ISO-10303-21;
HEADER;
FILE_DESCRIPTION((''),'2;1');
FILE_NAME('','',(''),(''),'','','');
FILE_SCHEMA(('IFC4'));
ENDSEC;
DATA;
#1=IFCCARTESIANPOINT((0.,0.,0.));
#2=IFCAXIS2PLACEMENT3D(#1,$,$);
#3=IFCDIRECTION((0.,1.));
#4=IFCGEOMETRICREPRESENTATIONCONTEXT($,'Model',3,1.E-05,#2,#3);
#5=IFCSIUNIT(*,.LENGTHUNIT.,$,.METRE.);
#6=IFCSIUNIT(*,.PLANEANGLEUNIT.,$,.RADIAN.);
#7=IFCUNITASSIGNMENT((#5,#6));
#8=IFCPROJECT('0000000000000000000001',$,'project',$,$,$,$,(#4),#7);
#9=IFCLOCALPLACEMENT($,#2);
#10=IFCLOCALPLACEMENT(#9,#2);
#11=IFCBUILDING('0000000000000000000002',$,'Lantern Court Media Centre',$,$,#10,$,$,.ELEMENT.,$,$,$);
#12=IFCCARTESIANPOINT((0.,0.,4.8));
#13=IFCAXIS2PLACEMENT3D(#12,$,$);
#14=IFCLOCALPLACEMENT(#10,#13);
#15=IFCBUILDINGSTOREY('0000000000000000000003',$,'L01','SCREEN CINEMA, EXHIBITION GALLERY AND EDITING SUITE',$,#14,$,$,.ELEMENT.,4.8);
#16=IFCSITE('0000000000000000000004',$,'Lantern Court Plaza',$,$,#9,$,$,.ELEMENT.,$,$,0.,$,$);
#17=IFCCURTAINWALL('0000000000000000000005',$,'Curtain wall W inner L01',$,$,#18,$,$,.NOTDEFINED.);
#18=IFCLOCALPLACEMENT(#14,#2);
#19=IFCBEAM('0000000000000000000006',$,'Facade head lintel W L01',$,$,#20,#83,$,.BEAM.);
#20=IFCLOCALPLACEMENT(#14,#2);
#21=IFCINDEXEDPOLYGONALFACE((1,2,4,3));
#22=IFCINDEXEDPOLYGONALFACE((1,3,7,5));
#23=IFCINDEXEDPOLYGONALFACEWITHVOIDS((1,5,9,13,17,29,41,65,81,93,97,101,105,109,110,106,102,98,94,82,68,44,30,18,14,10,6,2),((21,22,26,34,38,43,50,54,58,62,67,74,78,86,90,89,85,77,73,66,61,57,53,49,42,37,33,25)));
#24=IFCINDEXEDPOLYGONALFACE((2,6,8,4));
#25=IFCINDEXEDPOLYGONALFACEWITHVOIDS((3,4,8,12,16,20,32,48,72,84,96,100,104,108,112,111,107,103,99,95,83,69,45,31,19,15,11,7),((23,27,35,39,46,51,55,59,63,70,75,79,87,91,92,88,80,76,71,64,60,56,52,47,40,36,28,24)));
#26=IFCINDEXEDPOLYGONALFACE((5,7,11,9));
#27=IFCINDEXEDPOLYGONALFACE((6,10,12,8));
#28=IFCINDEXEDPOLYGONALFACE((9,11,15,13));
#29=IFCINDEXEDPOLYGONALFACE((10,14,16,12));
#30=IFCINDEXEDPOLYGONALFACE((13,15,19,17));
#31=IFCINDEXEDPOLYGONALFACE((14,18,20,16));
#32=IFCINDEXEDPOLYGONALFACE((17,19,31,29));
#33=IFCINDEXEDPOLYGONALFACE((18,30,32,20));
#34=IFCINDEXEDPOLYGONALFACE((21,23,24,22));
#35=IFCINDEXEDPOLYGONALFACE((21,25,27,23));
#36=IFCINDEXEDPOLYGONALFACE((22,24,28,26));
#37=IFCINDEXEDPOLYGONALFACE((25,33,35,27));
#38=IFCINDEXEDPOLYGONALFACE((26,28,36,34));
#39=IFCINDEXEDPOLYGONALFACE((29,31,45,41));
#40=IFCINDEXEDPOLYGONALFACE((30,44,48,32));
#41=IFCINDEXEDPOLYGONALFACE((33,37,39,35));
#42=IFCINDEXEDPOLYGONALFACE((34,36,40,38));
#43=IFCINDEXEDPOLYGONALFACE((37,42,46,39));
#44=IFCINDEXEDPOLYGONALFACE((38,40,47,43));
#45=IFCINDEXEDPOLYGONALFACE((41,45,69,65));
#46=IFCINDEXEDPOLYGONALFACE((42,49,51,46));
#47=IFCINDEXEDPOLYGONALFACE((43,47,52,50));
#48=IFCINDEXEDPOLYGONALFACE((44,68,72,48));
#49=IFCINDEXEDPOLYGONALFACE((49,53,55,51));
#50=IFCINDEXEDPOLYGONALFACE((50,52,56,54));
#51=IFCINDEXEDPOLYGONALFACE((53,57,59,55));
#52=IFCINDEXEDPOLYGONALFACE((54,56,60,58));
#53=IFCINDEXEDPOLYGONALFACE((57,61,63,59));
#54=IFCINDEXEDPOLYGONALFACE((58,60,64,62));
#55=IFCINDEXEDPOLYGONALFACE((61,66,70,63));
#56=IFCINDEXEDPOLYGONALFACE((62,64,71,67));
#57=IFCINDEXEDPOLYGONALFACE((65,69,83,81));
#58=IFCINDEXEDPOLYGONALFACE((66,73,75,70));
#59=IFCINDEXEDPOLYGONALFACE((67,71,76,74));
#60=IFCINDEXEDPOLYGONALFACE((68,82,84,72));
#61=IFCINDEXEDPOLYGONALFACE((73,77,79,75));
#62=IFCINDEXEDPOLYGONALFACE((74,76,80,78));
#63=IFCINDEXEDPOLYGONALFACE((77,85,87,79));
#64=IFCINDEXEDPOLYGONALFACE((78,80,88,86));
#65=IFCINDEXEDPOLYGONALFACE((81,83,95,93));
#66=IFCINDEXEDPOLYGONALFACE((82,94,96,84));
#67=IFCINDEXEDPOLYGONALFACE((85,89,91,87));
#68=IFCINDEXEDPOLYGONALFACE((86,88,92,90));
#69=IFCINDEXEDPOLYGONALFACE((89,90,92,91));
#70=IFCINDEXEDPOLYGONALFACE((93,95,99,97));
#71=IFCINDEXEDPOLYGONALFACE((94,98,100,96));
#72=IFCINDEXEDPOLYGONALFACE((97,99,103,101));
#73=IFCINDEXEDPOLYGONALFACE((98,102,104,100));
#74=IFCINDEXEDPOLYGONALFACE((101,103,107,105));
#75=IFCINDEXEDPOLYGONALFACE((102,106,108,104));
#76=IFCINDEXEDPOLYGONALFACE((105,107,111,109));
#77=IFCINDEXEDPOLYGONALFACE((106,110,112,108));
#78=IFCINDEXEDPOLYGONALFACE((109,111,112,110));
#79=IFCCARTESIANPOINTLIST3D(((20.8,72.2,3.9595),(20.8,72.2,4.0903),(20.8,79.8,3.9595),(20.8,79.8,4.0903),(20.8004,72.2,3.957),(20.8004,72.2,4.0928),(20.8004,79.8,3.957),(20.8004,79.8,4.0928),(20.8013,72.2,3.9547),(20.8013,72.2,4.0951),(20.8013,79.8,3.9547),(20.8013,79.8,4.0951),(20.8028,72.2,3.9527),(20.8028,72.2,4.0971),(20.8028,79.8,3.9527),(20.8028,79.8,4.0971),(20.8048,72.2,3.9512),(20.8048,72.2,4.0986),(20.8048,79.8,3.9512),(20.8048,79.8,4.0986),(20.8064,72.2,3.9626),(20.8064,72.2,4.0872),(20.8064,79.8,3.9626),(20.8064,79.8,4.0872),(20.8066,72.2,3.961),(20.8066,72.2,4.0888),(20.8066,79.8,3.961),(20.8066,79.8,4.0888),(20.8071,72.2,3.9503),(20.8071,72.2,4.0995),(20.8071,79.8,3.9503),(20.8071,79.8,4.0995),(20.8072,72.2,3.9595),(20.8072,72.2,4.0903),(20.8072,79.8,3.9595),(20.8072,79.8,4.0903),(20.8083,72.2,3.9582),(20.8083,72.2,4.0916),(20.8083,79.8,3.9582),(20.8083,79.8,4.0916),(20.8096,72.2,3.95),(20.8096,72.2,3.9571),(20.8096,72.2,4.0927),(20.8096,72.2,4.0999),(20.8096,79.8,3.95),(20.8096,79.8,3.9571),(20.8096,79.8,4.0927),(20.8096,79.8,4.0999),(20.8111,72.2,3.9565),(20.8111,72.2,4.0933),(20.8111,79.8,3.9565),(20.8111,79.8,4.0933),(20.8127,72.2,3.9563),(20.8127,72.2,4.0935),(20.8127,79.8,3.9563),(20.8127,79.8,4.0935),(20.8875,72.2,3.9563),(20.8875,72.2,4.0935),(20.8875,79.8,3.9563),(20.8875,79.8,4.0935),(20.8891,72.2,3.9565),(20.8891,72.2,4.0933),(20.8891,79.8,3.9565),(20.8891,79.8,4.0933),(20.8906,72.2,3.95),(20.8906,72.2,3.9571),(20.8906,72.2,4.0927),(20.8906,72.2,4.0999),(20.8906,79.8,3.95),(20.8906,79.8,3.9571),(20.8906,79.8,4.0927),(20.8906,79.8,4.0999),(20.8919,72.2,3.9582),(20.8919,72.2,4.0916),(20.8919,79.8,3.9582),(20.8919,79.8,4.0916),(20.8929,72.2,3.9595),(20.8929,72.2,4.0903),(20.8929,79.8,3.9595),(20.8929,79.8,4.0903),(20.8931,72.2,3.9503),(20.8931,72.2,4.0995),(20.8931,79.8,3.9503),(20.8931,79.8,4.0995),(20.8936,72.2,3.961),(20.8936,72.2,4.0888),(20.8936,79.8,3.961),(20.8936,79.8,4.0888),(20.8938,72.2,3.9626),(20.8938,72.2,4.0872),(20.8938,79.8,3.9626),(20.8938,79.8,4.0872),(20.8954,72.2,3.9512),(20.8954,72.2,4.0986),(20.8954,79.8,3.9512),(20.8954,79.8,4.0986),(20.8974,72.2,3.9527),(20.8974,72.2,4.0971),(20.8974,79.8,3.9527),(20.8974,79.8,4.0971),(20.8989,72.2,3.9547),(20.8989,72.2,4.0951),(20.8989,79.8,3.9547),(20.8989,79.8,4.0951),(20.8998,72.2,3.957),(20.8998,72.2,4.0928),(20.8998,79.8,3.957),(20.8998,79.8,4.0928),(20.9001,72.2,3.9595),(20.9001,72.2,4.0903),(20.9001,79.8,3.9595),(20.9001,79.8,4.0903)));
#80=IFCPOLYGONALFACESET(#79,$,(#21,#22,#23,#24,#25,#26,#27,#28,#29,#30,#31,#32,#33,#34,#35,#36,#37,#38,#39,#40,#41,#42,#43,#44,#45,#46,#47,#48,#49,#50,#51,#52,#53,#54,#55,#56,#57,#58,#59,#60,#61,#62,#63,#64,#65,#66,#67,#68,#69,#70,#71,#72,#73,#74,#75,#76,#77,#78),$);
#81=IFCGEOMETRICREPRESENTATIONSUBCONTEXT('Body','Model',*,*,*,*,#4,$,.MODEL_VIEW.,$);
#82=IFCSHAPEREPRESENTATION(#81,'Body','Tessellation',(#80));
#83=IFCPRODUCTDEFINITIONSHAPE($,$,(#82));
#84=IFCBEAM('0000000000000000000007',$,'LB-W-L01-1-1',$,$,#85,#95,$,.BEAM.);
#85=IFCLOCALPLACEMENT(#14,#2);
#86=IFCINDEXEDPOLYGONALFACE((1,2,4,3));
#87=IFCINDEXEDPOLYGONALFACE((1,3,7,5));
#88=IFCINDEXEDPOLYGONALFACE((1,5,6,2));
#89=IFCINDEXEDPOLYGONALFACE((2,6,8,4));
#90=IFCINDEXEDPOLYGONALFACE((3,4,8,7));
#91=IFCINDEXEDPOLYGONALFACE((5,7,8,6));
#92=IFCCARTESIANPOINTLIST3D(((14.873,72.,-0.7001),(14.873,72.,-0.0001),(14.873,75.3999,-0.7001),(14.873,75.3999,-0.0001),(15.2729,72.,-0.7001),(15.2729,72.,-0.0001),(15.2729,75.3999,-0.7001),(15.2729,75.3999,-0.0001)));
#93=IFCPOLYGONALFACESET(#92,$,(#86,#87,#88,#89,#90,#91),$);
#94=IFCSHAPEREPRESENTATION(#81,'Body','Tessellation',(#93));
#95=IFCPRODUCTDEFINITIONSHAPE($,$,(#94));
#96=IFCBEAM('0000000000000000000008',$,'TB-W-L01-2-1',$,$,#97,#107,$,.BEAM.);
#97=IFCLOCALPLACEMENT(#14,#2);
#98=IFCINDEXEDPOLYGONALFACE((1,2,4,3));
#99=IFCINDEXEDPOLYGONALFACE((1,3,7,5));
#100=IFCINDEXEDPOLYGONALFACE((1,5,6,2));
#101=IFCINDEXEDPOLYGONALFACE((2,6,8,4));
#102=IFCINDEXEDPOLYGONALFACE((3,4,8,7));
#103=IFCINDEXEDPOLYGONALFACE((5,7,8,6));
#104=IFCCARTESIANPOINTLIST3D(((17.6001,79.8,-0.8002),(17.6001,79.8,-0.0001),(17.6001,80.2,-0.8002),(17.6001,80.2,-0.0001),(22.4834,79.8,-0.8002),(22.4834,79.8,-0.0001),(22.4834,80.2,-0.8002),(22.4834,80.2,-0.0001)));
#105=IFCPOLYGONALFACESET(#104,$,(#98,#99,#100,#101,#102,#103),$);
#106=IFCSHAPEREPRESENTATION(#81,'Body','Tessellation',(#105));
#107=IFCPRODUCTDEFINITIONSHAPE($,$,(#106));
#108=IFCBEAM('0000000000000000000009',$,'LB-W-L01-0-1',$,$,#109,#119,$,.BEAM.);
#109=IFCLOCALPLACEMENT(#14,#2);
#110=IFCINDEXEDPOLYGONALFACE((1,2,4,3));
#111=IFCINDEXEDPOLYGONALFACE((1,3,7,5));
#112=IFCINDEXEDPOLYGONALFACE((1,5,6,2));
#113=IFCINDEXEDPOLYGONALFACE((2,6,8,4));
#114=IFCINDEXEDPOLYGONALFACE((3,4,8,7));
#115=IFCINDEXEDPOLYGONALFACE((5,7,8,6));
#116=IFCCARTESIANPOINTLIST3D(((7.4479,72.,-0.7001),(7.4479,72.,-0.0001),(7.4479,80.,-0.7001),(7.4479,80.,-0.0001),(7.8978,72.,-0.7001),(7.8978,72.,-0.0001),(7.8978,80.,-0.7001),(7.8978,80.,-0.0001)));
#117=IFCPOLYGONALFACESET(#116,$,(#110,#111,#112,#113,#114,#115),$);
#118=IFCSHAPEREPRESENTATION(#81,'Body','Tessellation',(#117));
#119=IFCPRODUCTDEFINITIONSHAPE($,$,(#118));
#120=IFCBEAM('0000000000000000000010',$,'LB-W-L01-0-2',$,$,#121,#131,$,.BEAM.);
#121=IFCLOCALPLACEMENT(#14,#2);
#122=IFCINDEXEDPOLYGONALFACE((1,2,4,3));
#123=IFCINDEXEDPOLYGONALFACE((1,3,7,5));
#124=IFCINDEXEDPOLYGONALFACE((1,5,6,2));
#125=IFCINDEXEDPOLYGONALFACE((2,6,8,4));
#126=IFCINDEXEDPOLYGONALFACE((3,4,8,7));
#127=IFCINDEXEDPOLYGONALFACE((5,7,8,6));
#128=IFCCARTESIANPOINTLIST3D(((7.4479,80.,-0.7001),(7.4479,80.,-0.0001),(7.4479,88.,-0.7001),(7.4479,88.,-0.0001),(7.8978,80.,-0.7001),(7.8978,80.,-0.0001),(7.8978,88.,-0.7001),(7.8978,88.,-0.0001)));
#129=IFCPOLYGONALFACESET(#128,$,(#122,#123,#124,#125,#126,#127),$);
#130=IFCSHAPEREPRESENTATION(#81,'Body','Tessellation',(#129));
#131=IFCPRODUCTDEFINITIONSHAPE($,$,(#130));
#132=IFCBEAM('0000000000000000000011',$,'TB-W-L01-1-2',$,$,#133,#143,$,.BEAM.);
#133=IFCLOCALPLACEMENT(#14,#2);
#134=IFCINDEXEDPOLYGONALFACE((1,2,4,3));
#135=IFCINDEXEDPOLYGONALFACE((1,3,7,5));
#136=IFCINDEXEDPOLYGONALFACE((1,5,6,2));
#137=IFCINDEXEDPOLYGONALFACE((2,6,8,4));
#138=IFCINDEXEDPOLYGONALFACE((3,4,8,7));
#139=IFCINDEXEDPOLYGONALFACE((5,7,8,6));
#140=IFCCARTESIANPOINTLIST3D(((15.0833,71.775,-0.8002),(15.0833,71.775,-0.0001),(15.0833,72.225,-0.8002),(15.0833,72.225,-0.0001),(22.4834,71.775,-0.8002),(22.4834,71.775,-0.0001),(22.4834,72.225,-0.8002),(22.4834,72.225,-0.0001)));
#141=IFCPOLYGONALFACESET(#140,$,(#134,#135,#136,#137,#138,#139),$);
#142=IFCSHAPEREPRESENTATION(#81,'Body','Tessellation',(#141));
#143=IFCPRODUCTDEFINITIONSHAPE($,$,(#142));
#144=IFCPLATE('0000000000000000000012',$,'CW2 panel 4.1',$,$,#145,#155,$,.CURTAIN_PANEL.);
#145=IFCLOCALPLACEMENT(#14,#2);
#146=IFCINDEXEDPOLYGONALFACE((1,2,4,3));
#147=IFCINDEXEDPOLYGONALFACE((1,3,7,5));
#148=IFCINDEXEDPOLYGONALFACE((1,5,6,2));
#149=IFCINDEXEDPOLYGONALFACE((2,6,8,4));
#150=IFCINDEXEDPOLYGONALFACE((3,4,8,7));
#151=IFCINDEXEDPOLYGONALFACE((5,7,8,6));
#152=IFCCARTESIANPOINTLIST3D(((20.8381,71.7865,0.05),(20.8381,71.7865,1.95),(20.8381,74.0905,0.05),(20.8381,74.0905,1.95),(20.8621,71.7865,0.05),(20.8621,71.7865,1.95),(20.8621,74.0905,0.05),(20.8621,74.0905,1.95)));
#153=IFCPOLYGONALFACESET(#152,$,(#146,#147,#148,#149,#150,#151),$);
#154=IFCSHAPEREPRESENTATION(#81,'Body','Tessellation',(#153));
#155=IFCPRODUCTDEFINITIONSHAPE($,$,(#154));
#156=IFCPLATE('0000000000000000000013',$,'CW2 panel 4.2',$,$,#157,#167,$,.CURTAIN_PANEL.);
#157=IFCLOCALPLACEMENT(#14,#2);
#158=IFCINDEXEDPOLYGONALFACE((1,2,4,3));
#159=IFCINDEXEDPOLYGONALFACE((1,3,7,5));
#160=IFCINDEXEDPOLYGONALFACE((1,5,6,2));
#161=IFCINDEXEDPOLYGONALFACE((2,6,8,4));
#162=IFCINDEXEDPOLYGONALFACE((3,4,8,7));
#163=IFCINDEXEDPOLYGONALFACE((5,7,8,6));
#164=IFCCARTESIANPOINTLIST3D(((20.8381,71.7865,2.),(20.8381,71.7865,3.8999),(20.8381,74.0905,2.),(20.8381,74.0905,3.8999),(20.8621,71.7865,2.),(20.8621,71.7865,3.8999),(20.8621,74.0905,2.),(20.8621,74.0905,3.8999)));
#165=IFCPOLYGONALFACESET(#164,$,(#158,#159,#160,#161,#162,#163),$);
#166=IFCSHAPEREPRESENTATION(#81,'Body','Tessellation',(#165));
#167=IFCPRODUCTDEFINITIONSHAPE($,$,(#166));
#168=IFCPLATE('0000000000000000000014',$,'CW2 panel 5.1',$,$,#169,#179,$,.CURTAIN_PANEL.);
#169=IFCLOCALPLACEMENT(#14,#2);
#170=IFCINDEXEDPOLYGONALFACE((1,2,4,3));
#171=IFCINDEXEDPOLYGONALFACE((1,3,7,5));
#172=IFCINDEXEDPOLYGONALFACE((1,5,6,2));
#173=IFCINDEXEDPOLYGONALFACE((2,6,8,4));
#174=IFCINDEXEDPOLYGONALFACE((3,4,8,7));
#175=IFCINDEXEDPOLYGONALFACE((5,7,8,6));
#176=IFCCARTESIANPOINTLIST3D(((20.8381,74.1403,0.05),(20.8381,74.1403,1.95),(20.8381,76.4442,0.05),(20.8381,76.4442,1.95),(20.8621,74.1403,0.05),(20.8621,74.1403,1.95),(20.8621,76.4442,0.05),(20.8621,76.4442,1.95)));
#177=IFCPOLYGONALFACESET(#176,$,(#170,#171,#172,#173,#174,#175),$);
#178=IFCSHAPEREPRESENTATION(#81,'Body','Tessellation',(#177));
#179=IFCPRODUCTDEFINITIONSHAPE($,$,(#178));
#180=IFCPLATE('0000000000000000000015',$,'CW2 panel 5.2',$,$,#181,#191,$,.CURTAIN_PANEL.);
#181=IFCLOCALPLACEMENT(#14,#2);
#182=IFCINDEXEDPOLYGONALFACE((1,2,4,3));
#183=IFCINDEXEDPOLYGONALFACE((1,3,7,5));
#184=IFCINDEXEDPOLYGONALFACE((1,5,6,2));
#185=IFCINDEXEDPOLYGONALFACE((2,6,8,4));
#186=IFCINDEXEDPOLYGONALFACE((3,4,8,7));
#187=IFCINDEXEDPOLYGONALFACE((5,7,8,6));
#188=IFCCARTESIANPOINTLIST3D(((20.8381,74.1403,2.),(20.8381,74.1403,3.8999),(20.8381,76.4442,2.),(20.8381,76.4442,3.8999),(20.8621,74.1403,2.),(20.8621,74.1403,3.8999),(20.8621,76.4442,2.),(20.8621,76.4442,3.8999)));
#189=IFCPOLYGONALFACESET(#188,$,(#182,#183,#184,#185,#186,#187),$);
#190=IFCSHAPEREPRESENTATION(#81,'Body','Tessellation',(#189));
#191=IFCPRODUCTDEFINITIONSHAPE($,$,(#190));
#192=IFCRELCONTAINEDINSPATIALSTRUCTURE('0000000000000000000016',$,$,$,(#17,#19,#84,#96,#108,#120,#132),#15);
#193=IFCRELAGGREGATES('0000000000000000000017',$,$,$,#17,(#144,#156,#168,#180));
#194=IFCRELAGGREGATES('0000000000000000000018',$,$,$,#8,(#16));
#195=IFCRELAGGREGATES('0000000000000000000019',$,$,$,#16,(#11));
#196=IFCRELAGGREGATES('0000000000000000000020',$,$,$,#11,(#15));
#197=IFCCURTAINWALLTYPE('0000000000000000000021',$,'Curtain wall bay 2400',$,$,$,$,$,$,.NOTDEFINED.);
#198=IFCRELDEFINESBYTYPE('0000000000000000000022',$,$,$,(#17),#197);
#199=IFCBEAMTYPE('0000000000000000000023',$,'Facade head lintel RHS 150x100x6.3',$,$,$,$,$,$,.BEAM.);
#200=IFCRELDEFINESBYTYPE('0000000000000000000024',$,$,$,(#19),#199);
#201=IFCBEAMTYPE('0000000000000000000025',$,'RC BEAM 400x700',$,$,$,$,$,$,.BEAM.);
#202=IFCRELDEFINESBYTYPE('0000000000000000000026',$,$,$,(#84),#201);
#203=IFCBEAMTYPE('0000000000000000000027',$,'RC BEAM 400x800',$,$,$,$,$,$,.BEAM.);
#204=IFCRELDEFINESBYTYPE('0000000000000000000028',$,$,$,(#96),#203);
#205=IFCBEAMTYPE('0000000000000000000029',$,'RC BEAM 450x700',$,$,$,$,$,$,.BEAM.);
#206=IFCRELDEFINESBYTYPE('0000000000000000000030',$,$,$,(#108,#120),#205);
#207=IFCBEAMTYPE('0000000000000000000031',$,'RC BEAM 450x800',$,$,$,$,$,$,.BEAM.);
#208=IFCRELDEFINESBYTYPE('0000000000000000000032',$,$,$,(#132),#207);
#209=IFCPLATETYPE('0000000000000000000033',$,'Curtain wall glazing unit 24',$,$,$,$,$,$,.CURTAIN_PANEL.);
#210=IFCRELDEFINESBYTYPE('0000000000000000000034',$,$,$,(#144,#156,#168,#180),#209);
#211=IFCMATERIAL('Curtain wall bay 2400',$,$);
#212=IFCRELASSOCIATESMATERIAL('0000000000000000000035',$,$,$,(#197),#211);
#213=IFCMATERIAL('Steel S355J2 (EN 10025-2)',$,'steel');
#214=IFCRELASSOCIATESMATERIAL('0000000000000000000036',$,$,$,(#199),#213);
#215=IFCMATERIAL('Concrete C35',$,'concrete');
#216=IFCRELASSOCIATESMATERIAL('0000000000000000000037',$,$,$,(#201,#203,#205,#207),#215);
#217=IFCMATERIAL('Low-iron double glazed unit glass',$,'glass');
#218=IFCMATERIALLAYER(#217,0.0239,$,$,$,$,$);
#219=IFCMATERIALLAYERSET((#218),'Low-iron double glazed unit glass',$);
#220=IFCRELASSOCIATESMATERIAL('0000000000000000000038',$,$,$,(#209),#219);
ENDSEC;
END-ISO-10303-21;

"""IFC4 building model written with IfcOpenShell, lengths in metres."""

from ifc_helpers import new_model, si_unit, direction, frame, origin, origin_2d, place, context, subcontext, project, spatial, rectangle, hollow_rectangle, extrude, material, layer, layer_set, material_profile, profile_set, type_object, element, aggregate, save


model = new_model("IFC4")

# Units and contexts
model_context = context("Model", 3, precision=1e-05, world=origin(), true_north=direction((0.0, 1.0)))
body_context = subcontext(model_context, "Body", "Model", "MODEL_VIEW")
ifc_project = project(units=[si_unit("LENGTHUNIT", "METRE"), si_unit("PLANEANGLEUNIT", "RADIAN")], contexts=[model_context])

# Site, building, storey
site_placement = place(None, origin())
site = spatial("IfcSite", under=ifc_project, at=site_placement, Name="Lantern Court Plaza", CompositionType="ELEMENT", RefElevation=0.0)
building_placement = place(site_placement, origin())
building = spatial("IfcBuilding", under=site, at=building_placement, Name="Lantern Court Media Centre", CompositionType="ELEMENT")
storey_placement = place(building_placement, frame((0.0, 0.0, 4.8)))
storey = spatial("IfcBuildingStorey", under=building, at=storey_placement, Name="L01", Description="SCREEN CINEMA, EXHIBITION GALLERY AND EDITING SUITE", CompositionType="ELEMENT", Elevation=4.8)

# Shared definitions
ifc_material_1 = material(Name="Concrete C35", Category="concrete")

# Curtain wall
ifc_material_2 = material(Name="Curtain wall bay 2400")
curtain_wall_type = type_object("IfcCurtainWallType", Name="Curtain wall bay 2400", PredefinedType="NOTDEFINED", material=ifc_material_2)
curtain_wall_placement = place(storey_placement, origin())
curtain_wall = element("IfcCurtainWall", 1, at=curtain_wall_placement, inside=storey, type_object=curtain_wall_type, Name="Curtain wall W inner L01", PredefinedType="NOTDEFINED")

# Beams
ifc_material_3 = material(Name="Steel S355J2 (EN 10025-2)", Category="steel")
ifc_material_profile_1 = material_profile(ifc_material_3, hollow_rectangle(XDim=0.1001, YDim=0.1499, WallThickness=0.0063, InnerFilletRadius=0.0063, OuterFilletRadius=0.0095, at=origin_2d()), Name="Facade head lintel RHS 150x100x6.3")
ifc_profile_set_1 = profile_set([ifc_material_profile_1], Name="Steel S355J2 (EN 10025-2)")
beam_type_1 = type_object("IfcBeamType", Name="Facade head lintel RHS 150x100x6.3", PredefinedType="BEAM", material=ifc_profile_set_1)
beam_1_placement = place(storey_placement, frame((20.8501, 72.2, 4.0249), z_axis=(0.0, 1.0, 0.0), x_axis=(-1.0, 0.0, 0.0)))
element("IfcBeam", 2, at=beam_1_placement, inside=storey, type_object=beam_type_1, Name="Facade head lintel W L01", PredefinedType="BEAM", context=body_context, shape_type="SweptSolid", body=[
    extrude(hollow_rectangle(XDim=0.1001, YDim=0.1499, WallThickness=0.0063, InnerFilletRadius=0.0063, OuterFilletRadius=0.0095, at=origin_2d()), origin(), (0.0, 0.0, 1.0), 7.6001),
])
ifc_material_profile_2 = material_profile(ifc_material_1, rectangle(XDim=0.3999, YDim=0.7, at=origin_2d()), Name="RC 400x700")
ifc_profile_set_2 = profile_set([ifc_material_profile_2], Name="Concrete C35")
beam_type_2 = type_object("IfcBeamType", Name="RC BEAM 400x700", PredefinedType="BEAM", material=ifc_profile_set_2)
beam_2_placement = place(storey_placement, frame((15.073, 72.0, -0.3501), z_axis=(0.0, 1.0, 0.0), x_axis=(-1.0, 0.0, 0.0)))
element("IfcBeam", 3, at=beam_2_placement, inside=storey, type_object=beam_type_2, Name="LB-W-L01-1-1", PredefinedType="BEAM", context=body_context, shape_type="SweptSolid", body=[
    extrude(rectangle(XDim=0.3999, YDim=0.7, at=origin_2d()), origin(), (0.0, 0.0, 1.0), 3.3999),
])
ifc_material_profile_3 = material_profile(ifc_material_1, rectangle(XDim=0.3999, YDim=0.8, at=origin_2d()), Name="RC 400x800")
ifc_profile_set_3 = profile_set([ifc_material_profile_3], Name="Concrete C35")
beam_type_3 = type_object("IfcBeamType", Name="RC BEAM 400x800", PredefinedType="BEAM", material=ifc_profile_set_3)
beam_3_placement = place(storey_placement, frame((17.6001, 80.0, -0.4001), z_axis=(1.0, 0.0, 0.0), x_axis=(0.0, 1.0, 0.0)))
element("IfcBeam", 4, at=beam_3_placement, inside=storey, type_object=beam_type_3, Name="TB-W-L01-2-1", PredefinedType="BEAM", context=body_context, shape_type="SweptSolid", body=[
    extrude(rectangle(XDim=0.3999, YDim=0.8, at=origin_2d()), origin(), (0.0, 0.0, 1.0), 4.8833),
])
ifc_material_profile_4 = material_profile(ifc_material_1, rectangle(XDim=0.45, YDim=0.7, at=origin_2d()), Name="RC 450x700")
ifc_profile_set_4 = profile_set([ifc_material_profile_4], Name="Concrete C35")
beam_type_4 = type_object("IfcBeamType", Name="RC BEAM 450x700", PredefinedType="BEAM", material=ifc_profile_set_4)
for number, where, z_axis, x_axis, name in (
    (5, (7.6729, 72.0, -0.3501), (0.0, 1.0, 0.0), (-1.0, 0.0, 0.0), "LB-W-L01-0-1"),
    (6, (7.6729, 80.0, -0.3501), (0.0, 1.0, 0.0), (-1.0, 0.0, 0.0), "LB-W-L01-0-2"),
):
    element("IfcBeam", number, at=place(storey_placement, frame(where, z_axis=z_axis, x_axis=x_axis)), inside=storey, type_object=beam_type_4, Name=name, PredefinedType="BEAM", context=body_context, shape_type="SweptSolid", body=[
        extrude(rectangle(XDim=0.45, YDim=0.7, at=origin_2d()), origin(), (0.0, 0.0, 1.0), 8.0),
    ])
ifc_material_profile_5 = material_profile(ifc_material_1, rectangle(XDim=0.45, YDim=0.8, at=origin_2d()), Name="RC 450x800")
ifc_profile_set_5 = profile_set([ifc_material_profile_5], Name="Concrete C35")
beam_type_5 = type_object("IfcBeamType", Name="RC BEAM 450x800", PredefinedType="BEAM", material=ifc_profile_set_5)
beam_4_placement = place(storey_placement, frame((15.0833, 72.0, -0.4001), z_axis=(1.0, 0.0, 0.0), x_axis=(0.0, 1.0, 0.0)))
element("IfcBeam", 7, at=beam_4_placement, inside=storey, type_object=beam_type_5, Name="TB-W-L01-1-2", PredefinedType="BEAM", context=body_context, shape_type="SweptSolid", body=[
    extrude(rectangle(XDim=0.45, YDim=0.8, at=origin_2d()), origin(), (0.0, 0.0, 1.0), 7.4001),
])

# Plates
ifc_material_4 = material(Name="Low-iron double glazed unit glass", Category="glass")
ifc_layer_1 = layer(ifc_material_4, 0.0239)
ifc_layer_set_1 = layer_set([ifc_layer_1], Name="Low-iron double glazed unit glass")
plate_type = type_object("IfcPlateType", Name="Curtain wall glazing unit 24", PredefinedType="CURTAIN_PANEL", material=ifc_layer_set_1)
plate_1_placement = place(storey_placement, frame((20.8501, 72.9385, 0.05), z_axis=(0.0, 0.0, 1.0), x_axis=(0.0, 1.0, 0.0)))
plate_1 = element("IfcPlate", 8, at=plate_1_placement, type_object=plate_type, Name="CW2 panel 4.1", PredefinedType="CURTAIN_PANEL", context=body_context, shape_type="SweptSolid", body=[
    extrude(rectangle(XDim=2.304, YDim=0.0239, at=origin_2d()), origin(), (0.0, 0.0, 1.0), 1.8999),
])
plate_2_placement = place(storey_placement, frame((20.8501, 72.9385, 2.0), z_axis=(0.0, 0.0, 1.0), x_axis=(0.0, 1.0, 0.0)))
plate_2 = element("IfcPlate", 9, at=plate_2_placement, type_object=plate_type, Name="CW2 panel 4.2", PredefinedType="CURTAIN_PANEL", context=body_context, shape_type="SweptSolid", body=[
    extrude(rectangle(XDim=2.304, YDim=0.0239, at=origin_2d()), origin(), (0.0, 0.0, 1.0), 1.8999),
])
plate_3_placement = place(storey_placement, frame((20.8501, 75.2922, 0.05), z_axis=(0.0, 0.0, 1.0), x_axis=(0.0, 1.0, 0.0)))
plate_3 = element("IfcPlate", 10, at=plate_3_placement, type_object=plate_type, Name="CW2 panel 5.1", PredefinedType="CURTAIN_PANEL", context=body_context, shape_type="SweptSolid", body=[
    extrude(rectangle(XDim=2.304, YDim=0.0239, at=origin_2d()), origin(), (0.0, 0.0, 1.0), 1.8999),
])
plate_4_placement = place(storey_placement, frame((20.8501, 75.2922, 2.0), z_axis=(0.0, 0.0, 1.0), x_axis=(0.0, 1.0, 0.0)))
plate_4 = element("IfcPlate", 11, at=plate_4_placement, type_object=plate_type, Name="CW2 panel 5.2", PredefinedType="CURTAIN_PANEL", context=body_context, shape_type="SweptSolid", body=[
    extrude(rectangle(XDim=2.304, YDim=0.0239, at=origin_2d()), origin(), (0.0, 0.0, 1.0), 1.8999),
])
aggregate(curtain_wall, [plate_1, plate_2, plate_3, plate_4])

save(model, "model.ifc")
